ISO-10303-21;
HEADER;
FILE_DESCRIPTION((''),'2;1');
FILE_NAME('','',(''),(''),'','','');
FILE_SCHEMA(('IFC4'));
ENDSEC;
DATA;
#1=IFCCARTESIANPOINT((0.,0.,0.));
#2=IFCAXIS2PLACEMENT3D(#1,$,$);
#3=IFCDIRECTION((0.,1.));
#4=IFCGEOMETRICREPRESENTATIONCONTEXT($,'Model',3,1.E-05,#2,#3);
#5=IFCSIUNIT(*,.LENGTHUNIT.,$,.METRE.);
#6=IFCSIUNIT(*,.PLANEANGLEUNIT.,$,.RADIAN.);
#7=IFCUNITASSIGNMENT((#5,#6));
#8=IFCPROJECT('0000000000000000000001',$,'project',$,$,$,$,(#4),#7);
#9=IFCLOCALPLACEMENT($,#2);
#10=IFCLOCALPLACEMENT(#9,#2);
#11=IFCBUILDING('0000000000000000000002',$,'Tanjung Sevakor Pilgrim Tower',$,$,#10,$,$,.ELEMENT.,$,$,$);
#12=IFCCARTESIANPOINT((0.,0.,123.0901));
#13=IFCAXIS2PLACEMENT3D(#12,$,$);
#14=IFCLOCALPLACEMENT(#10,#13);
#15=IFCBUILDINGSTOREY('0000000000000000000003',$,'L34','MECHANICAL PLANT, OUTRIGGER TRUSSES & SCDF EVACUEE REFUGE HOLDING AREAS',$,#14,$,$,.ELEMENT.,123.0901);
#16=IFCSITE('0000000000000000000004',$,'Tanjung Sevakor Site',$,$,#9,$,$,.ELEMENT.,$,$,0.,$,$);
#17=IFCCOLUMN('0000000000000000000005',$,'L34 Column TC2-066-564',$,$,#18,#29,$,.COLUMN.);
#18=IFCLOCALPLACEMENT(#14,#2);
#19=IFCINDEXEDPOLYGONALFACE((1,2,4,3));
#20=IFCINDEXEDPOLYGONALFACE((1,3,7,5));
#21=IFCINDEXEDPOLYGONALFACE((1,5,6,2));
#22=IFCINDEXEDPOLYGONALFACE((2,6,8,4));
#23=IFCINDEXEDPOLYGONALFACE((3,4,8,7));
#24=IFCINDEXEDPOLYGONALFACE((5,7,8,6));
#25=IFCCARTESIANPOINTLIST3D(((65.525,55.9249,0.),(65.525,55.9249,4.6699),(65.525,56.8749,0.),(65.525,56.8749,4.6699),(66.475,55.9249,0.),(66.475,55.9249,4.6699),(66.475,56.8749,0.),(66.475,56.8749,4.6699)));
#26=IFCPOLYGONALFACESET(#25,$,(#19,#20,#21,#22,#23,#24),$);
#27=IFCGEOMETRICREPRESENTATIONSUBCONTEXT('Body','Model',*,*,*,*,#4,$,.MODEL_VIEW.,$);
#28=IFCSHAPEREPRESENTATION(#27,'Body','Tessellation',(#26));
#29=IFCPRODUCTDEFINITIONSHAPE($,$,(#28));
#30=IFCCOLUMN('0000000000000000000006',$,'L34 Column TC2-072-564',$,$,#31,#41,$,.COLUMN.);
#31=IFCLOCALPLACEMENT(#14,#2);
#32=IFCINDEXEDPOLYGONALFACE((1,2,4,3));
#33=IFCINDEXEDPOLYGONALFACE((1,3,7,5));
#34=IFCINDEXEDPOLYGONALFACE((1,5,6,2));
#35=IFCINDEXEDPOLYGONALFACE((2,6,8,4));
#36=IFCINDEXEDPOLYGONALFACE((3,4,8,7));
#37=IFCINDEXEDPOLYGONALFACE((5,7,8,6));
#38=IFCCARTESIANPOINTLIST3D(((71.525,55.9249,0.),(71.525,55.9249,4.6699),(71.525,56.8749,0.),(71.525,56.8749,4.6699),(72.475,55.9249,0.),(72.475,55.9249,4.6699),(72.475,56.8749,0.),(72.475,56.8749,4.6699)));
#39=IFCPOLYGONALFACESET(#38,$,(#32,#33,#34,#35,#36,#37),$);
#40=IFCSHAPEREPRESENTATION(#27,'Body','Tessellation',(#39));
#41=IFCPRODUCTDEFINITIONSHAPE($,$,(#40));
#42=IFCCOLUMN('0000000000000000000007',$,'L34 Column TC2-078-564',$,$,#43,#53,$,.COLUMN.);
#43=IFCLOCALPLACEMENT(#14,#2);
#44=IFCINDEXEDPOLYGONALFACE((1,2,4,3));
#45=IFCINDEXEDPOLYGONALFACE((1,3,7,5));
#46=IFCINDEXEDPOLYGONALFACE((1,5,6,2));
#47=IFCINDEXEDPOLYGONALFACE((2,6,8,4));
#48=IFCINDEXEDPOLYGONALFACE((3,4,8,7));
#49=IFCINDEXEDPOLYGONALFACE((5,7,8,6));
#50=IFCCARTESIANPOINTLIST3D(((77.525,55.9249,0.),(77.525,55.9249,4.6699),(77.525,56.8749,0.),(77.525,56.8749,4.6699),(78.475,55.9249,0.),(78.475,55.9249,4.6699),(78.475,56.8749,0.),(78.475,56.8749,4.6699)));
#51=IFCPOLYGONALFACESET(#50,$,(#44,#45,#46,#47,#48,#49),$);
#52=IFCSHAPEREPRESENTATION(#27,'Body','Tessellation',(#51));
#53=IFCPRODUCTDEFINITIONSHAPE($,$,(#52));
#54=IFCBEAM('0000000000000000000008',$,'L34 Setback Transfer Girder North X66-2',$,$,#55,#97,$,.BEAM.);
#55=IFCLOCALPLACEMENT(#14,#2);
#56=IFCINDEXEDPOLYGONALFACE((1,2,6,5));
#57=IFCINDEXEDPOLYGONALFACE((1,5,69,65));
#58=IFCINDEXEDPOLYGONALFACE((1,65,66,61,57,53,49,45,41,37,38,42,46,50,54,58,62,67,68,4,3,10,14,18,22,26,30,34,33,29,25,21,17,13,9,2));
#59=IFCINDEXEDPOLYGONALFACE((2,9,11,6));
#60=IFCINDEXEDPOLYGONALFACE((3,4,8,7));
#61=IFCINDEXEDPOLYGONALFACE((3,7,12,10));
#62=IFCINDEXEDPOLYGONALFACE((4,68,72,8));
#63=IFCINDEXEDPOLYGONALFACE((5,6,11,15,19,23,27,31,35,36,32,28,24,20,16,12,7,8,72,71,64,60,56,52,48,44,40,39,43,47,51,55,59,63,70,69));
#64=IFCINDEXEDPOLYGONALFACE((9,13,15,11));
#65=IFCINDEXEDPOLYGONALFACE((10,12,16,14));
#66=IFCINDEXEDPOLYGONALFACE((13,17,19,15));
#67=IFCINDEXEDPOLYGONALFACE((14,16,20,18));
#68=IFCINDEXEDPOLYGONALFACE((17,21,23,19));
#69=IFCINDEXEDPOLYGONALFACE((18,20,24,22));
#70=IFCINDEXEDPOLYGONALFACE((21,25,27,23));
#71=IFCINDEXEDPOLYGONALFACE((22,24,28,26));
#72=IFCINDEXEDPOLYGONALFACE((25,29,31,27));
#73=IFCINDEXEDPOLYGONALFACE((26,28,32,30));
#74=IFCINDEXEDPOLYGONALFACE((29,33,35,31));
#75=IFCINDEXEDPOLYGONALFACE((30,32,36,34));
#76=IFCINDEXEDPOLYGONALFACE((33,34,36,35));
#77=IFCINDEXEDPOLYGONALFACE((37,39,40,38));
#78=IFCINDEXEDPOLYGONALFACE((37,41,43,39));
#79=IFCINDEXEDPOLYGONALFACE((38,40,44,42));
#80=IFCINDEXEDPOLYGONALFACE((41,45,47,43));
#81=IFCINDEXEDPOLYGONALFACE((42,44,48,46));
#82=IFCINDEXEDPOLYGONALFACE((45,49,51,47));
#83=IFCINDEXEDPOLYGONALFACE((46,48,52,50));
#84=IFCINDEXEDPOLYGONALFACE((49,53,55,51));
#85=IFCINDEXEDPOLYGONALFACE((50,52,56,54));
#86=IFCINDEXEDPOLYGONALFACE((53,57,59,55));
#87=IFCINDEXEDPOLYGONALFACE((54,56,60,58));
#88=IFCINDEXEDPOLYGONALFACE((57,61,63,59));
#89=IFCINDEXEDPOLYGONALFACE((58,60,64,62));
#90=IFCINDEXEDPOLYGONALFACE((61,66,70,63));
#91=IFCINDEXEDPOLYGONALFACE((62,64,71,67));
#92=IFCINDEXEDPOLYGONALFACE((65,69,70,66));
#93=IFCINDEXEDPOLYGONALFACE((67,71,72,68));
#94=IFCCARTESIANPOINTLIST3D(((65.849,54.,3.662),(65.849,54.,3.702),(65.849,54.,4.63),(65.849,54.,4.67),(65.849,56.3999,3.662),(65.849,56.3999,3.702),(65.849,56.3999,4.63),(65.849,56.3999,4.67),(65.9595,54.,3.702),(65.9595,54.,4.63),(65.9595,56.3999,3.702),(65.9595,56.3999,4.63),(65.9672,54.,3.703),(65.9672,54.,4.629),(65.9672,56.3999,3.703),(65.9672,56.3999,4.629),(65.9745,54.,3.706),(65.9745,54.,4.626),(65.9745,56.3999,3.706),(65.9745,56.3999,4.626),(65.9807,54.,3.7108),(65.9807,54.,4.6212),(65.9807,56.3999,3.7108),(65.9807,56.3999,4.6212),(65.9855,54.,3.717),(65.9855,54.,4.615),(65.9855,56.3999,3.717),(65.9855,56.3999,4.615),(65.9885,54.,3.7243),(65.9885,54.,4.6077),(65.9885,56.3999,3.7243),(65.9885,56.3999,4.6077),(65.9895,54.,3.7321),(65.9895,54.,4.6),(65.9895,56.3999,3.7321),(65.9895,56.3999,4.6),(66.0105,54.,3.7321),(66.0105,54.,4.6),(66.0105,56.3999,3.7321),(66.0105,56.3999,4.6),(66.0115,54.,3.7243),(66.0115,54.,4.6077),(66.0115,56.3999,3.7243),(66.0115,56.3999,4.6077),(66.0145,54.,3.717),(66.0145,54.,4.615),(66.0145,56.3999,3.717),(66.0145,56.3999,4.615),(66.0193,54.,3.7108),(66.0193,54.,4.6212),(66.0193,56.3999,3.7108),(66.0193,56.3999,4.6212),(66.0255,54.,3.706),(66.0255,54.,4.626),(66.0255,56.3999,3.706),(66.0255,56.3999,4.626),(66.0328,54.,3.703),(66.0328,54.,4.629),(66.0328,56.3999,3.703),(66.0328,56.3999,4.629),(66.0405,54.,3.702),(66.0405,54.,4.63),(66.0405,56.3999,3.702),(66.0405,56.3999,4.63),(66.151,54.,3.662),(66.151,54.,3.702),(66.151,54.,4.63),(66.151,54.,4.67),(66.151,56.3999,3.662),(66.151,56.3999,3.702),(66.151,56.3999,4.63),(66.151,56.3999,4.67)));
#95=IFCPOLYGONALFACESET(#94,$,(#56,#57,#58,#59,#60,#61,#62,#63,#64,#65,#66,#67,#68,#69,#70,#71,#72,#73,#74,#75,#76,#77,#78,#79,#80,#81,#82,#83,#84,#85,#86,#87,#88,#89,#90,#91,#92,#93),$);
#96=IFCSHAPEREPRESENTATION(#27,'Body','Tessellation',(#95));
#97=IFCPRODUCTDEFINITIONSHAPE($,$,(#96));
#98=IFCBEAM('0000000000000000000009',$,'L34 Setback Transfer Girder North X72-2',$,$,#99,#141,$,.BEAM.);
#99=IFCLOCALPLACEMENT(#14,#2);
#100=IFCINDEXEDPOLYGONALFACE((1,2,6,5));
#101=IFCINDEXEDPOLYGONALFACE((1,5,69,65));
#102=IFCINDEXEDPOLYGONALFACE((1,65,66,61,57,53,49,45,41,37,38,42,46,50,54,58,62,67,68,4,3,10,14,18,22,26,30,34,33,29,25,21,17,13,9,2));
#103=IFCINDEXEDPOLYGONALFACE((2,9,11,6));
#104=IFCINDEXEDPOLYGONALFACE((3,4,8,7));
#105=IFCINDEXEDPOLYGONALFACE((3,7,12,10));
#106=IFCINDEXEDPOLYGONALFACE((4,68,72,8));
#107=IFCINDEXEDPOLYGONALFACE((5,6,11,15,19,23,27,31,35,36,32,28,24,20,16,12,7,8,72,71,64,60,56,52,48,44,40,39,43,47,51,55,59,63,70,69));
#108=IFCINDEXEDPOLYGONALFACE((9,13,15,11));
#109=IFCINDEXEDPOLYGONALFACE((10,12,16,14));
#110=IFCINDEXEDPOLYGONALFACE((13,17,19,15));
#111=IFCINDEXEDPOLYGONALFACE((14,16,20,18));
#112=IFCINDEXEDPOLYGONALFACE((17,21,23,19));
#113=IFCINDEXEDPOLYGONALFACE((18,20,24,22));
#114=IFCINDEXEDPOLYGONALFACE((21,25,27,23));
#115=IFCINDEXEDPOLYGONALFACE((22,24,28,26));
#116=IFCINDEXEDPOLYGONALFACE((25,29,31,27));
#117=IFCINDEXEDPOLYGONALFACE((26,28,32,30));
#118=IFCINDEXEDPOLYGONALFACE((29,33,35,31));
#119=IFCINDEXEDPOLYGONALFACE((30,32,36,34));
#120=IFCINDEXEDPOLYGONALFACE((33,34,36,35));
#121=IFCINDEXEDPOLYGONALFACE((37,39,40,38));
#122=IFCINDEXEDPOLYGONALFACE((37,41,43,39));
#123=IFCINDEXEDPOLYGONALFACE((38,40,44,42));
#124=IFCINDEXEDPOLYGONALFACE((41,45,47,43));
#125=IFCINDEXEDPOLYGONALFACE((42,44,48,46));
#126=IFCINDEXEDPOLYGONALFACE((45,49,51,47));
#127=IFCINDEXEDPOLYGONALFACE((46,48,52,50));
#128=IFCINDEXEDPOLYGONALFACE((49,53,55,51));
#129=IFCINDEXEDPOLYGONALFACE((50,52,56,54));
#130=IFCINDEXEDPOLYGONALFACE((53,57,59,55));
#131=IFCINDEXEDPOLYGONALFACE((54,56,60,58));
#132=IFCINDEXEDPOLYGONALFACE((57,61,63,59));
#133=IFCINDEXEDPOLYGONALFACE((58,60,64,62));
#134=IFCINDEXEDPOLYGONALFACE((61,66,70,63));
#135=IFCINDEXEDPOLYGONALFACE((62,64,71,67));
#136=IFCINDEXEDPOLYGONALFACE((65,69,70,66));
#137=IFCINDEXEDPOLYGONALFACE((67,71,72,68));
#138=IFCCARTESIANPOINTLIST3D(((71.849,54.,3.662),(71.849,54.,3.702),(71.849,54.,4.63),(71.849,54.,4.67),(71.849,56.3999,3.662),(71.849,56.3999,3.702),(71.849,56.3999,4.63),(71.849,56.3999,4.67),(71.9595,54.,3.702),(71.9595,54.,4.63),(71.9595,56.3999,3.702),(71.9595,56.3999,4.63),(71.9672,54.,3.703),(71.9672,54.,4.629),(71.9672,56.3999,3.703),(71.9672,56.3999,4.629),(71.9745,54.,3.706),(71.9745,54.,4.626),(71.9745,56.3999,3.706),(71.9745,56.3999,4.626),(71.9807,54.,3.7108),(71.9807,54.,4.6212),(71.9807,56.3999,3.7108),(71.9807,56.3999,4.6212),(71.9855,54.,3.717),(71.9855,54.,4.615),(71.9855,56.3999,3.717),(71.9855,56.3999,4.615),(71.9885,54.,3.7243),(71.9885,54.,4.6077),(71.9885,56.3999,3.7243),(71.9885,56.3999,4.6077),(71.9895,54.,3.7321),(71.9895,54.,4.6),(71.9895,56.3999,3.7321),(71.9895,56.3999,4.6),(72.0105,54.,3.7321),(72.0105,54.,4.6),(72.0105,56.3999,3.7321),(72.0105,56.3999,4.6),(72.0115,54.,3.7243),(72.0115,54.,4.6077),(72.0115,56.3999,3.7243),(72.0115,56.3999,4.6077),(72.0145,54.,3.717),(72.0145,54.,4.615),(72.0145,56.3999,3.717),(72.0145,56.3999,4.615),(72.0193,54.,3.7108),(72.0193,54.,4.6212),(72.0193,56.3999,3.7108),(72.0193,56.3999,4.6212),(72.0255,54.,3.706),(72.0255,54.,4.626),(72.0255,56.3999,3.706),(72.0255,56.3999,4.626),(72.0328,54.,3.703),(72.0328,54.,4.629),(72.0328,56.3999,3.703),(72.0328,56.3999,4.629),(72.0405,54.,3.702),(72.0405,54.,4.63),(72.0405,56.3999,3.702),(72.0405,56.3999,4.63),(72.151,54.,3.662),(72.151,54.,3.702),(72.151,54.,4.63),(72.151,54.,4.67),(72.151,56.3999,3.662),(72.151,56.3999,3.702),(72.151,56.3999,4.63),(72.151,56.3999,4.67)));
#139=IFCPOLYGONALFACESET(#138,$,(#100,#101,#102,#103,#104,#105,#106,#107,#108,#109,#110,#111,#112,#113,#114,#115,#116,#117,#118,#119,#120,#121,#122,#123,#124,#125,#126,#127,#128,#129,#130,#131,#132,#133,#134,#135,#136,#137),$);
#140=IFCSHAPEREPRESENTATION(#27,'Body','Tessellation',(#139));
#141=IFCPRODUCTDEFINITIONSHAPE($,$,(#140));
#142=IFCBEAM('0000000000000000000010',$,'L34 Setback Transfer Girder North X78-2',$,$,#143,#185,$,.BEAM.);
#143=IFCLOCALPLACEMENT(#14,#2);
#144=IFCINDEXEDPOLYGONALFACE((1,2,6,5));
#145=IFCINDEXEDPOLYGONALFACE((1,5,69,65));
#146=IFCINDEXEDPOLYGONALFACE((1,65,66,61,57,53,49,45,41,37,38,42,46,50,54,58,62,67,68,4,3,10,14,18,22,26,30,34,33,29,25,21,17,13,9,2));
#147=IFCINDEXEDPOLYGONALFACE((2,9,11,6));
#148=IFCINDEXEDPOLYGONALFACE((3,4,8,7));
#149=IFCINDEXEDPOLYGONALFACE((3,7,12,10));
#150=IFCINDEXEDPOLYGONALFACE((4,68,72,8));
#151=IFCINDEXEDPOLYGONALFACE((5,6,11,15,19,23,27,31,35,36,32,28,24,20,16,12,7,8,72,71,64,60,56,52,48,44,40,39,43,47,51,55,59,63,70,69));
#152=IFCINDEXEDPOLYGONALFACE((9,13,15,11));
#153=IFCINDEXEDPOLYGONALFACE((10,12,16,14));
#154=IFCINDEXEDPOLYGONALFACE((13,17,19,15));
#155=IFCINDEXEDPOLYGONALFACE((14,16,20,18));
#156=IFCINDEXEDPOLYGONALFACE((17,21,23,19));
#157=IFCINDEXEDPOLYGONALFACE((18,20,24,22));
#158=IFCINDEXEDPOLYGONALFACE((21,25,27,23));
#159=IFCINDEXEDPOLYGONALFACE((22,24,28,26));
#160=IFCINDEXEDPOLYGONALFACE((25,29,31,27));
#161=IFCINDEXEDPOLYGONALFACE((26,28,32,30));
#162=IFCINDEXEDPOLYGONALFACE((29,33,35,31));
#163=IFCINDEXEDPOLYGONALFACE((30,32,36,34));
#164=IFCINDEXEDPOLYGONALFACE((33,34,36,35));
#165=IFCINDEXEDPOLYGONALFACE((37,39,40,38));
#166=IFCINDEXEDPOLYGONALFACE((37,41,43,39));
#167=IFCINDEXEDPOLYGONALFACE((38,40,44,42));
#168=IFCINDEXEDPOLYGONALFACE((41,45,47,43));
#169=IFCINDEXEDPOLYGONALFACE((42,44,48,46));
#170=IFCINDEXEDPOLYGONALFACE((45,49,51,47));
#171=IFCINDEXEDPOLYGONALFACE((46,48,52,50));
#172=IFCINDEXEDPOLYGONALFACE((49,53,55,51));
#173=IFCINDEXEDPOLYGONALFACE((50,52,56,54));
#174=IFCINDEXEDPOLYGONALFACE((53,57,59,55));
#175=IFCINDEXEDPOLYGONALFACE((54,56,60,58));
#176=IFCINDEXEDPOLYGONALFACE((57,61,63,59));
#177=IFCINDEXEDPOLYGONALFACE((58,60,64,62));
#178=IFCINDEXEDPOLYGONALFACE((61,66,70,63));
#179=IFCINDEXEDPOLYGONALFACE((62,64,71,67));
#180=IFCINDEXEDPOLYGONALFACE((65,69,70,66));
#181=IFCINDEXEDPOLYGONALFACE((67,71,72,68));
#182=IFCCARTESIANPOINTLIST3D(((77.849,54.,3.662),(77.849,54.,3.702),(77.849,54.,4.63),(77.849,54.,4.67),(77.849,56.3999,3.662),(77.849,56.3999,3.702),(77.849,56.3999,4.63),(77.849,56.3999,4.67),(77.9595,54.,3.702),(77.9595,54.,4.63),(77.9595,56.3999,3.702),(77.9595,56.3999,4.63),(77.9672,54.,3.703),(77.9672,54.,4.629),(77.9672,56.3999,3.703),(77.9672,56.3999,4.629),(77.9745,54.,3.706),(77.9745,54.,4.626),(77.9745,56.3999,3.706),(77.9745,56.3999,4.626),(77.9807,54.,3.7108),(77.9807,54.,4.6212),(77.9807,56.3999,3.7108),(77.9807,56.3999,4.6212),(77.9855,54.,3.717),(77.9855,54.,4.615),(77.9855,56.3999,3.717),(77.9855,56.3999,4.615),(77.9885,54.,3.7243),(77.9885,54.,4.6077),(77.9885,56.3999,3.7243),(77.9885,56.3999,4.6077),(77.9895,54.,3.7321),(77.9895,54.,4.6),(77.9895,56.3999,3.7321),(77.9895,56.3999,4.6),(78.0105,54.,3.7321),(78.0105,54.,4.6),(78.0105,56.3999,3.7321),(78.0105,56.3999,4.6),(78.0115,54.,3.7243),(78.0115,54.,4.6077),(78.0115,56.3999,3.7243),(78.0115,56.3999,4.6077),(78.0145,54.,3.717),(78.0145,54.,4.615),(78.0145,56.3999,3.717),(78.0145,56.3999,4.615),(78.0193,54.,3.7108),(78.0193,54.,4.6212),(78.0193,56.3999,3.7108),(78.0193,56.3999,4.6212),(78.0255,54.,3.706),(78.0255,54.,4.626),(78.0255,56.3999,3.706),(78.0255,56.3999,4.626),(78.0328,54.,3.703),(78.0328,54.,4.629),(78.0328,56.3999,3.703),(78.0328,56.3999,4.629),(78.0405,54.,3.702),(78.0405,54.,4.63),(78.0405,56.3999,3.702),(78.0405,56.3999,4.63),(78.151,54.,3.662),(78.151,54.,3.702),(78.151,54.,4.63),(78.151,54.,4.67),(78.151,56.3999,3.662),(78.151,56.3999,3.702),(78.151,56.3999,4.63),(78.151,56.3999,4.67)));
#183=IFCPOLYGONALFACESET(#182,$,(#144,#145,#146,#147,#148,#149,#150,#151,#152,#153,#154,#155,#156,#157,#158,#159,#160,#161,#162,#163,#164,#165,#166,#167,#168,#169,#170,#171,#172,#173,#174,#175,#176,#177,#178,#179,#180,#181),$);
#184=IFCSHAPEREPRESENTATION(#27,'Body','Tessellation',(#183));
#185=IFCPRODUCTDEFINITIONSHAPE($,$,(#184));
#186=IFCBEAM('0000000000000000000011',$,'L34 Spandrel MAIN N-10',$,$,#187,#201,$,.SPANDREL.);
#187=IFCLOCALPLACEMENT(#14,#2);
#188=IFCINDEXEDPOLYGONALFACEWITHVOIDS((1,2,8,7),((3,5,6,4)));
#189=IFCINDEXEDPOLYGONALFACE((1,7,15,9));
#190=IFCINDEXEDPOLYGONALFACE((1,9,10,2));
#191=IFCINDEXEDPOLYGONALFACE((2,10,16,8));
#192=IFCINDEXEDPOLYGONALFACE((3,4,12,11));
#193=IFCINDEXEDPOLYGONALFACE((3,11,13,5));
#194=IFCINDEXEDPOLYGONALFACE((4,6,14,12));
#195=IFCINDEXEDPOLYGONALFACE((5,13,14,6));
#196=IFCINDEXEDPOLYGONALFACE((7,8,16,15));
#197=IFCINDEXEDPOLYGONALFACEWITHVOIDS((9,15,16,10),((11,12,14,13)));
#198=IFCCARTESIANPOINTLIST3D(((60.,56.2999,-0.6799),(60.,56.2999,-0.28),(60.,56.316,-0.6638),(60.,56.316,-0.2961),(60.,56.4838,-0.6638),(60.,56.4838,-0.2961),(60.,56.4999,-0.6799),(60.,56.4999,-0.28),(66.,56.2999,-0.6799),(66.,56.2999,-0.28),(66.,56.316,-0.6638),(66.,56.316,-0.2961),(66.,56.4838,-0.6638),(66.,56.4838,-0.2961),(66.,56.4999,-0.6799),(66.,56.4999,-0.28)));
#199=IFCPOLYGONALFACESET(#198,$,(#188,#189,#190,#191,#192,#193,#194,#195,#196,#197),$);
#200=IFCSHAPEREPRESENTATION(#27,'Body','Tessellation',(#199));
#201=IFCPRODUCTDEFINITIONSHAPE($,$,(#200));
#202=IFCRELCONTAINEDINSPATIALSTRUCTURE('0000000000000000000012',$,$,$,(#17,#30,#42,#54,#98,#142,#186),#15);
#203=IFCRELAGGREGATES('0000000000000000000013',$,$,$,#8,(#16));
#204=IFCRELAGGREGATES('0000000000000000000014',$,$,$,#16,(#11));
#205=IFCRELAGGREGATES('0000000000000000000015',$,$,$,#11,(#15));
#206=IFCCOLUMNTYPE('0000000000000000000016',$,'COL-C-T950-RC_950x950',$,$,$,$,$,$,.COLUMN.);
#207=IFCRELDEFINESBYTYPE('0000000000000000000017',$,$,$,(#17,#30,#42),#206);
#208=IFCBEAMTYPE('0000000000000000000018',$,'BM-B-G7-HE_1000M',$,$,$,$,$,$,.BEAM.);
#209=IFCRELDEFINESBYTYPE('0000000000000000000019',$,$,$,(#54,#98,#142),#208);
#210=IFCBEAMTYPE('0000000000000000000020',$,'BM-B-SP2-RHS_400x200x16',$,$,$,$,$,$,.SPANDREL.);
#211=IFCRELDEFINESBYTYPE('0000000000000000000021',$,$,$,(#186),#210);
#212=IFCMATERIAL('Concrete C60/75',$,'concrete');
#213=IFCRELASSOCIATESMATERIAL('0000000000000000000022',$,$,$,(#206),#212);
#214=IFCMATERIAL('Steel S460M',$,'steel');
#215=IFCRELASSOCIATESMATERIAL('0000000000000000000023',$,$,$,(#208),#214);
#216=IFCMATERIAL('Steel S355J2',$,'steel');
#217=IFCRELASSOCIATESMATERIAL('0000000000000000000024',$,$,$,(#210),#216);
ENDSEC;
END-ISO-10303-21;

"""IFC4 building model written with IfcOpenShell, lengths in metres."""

from ifc_helpers import new_model, si_unit, direction, frame, origin, origin_2d, place, context, subcontext, project, spatial, rectangle, hollow_rectangle, i_section, extrude, material, material_profile, profile_set, type_object, element, save


model = new_model("IFC4")

# Units and contexts
model_context = context("Model", 3, precision=1e-05, world=origin(), true_north=direction((0.0, 1.0)))
body_context = subcontext(model_context, "Body", "Model", "MODEL_VIEW")
ifc_project = project(units=[si_unit("LENGTHUNIT", "METRE"), si_unit("PLANEANGLEUNIT", "RADIAN")], contexts=[model_context])

# Site, building, storey
site_placement = place(None, origin())
site = spatial("IfcSite", under=ifc_project, at=site_placement, Name="Tanjung Sevakor Site", CompositionType="ELEMENT", RefElevation=0.0)
building_placement = place(site_placement, origin())
building = spatial("IfcBuilding", under=site, at=building_placement, Name="Tanjung Sevakor Pilgrim Tower", CompositionType="ELEMENT")
storey_placement = place(building_placement, frame((0.0, 0.0, 123.0901)))
storey = spatial("IfcBuildingStorey", under=building, at=storey_placement, Name="L34", Description="MECHANICAL PLANT, OUTRIGGER TRUSSES & SCDF EVACUEE REFUGE HOLDING AREAS", CompositionType="ELEMENT", Elevation=123.0901)

# Columns
ifc_material_1 = material(Name="Concrete C60/75", Category="concrete")
ifc_material_profile_1 = material_profile(ifc_material_1, rectangle(XDim=0.95, YDim=0.95, at=origin_2d()))
ifc_profile_set_1 = profile_set([ifc_material_profile_1], Name="Concrete C60/75")
column_type = type_object("IfcColumnType", Name="COL-C-T950-RC_950x950", PredefinedType="COLUMN", material=ifc_profile_set_1)
for number, where, z_axis, x_axis, name in (
    (1, (66.0, 56.3999, 0.0), (0.0, 0.0, 1.0), (1.0, 0.0, 0.0), "L34 Column TC2-066-564"),
    (2, (72.0, 56.3999, 0.0), (0.0, 0.0, 1.0), (1.0, 0.0, 0.0), "L34 Column TC2-072-564"),
    (3, (78.0, 56.3999, 0.0), (0.0, 0.0, 1.0), (1.0, 0.0, 0.0), "L34 Column TC2-078-564"),
):
    element("IfcColumn", number, at=place(storey_placement, frame(where, z_axis=z_axis, x_axis=x_axis)), inside=storey, type_object=column_type, Name=name, PredefinedType="COLUMN", context=body_context, shape_type="SweptSolid", body=[
        extrude(rectangle(XDim=0.95, YDim=0.95, at=origin_2d()), origin(), (0.0, 0.0, 1.0), 4.6699),
    ])

# Beams
ifc_material_2 = material(Name="Steel S460M", Category="steel")
ifc_material_profile_2 = material_profile(ifc_material_2, i_section(OverallWidth=0.302, OverallDepth=1.0081, WebThickness=0.021, FlangeThickness=0.04, FilletRadius=0.03, at=origin_2d()))
ifc_profile_set_2 = profile_set([ifc_material_profile_2], Name="Steel S460M")
beam_type_1 = type_object("IfcBeamType", Name="BM-B-G7-HE_1000M", PredefinedType="BEAM", material=ifc_profile_set_2)
for number, where, z_axis, x_axis, name in (
    (4, (66.0, 54.0, 4.166), (0.0, 1.0, 0.0), (-1.0, 0.0, 0.0), "L34 Setback Transfer Girder North X66-2"),
    (5, (72.0, 54.0, 4.166), (0.0, 1.0, 0.0), (-1.0, 0.0, 0.0), "L34 Setback Transfer Girder North X72-2"),
    (6, (78.0, 54.0, 4.166), (0.0, 1.0, 0.0), (-1.0, 0.0, 0.0), "L34 Setback Transfer Girder North X78-2"),
):
    element("IfcBeam", number, at=place(storey_placement, frame(where, z_axis=z_axis, x_axis=x_axis)), inside=storey, type_object=beam_type_1, Name=name, PredefinedType="BEAM", context=body_context, shape_type="SweptSolid", body=[
        extrude(i_section(OverallWidth=0.302, OverallDepth=1.0081, WebThickness=0.021, FlangeThickness=0.04, FilletRadius=0.03, at=origin_2d()), origin(), (0.0, 0.0, 1.0), 2.3999),
    ])
ifc_material_3 = material(Name="Steel S355J2", Category="steel")
ifc_material_profile_3 = material_profile(ifc_material_3, hollow_rectangle(XDim=0.2, YDim=0.3999, WallThickness=0.0161, at=origin_2d()))
ifc_profile_set_3 = profile_set([ifc_material_profile_3], Name="Steel S355J2")
beam_type_2 = type_object("IfcBeamType", Name="BM-B-SP2-RHS_400x200x16", PredefinedType="SPANDREL", material=ifc_profile_set_3)
for number, where, z_axis, x_axis, name in (
    (7, (60.0, 56.3999, -0.48), (1.0, 0.0, 0.0), (0.0, 1.0, 0.0), "L34 Spandrel MAIN N-10"),
):
    element("IfcBeam", number, at=place(storey_placement, frame(where, z_axis=z_axis, x_axis=x_axis)), inside=storey, type_object=beam_type_2, Name=name, PredefinedType="SPANDREL", context=body_context, shape_type="SweptSolid", body=[
        extrude(hollow_rectangle(XDim=0.2, YDim=0.3999, WallThickness=0.0161, at=origin_2d()), origin(), (0.0, 0.0, 1.0), 6.0),
    ])

save(model, "model.ifc")
